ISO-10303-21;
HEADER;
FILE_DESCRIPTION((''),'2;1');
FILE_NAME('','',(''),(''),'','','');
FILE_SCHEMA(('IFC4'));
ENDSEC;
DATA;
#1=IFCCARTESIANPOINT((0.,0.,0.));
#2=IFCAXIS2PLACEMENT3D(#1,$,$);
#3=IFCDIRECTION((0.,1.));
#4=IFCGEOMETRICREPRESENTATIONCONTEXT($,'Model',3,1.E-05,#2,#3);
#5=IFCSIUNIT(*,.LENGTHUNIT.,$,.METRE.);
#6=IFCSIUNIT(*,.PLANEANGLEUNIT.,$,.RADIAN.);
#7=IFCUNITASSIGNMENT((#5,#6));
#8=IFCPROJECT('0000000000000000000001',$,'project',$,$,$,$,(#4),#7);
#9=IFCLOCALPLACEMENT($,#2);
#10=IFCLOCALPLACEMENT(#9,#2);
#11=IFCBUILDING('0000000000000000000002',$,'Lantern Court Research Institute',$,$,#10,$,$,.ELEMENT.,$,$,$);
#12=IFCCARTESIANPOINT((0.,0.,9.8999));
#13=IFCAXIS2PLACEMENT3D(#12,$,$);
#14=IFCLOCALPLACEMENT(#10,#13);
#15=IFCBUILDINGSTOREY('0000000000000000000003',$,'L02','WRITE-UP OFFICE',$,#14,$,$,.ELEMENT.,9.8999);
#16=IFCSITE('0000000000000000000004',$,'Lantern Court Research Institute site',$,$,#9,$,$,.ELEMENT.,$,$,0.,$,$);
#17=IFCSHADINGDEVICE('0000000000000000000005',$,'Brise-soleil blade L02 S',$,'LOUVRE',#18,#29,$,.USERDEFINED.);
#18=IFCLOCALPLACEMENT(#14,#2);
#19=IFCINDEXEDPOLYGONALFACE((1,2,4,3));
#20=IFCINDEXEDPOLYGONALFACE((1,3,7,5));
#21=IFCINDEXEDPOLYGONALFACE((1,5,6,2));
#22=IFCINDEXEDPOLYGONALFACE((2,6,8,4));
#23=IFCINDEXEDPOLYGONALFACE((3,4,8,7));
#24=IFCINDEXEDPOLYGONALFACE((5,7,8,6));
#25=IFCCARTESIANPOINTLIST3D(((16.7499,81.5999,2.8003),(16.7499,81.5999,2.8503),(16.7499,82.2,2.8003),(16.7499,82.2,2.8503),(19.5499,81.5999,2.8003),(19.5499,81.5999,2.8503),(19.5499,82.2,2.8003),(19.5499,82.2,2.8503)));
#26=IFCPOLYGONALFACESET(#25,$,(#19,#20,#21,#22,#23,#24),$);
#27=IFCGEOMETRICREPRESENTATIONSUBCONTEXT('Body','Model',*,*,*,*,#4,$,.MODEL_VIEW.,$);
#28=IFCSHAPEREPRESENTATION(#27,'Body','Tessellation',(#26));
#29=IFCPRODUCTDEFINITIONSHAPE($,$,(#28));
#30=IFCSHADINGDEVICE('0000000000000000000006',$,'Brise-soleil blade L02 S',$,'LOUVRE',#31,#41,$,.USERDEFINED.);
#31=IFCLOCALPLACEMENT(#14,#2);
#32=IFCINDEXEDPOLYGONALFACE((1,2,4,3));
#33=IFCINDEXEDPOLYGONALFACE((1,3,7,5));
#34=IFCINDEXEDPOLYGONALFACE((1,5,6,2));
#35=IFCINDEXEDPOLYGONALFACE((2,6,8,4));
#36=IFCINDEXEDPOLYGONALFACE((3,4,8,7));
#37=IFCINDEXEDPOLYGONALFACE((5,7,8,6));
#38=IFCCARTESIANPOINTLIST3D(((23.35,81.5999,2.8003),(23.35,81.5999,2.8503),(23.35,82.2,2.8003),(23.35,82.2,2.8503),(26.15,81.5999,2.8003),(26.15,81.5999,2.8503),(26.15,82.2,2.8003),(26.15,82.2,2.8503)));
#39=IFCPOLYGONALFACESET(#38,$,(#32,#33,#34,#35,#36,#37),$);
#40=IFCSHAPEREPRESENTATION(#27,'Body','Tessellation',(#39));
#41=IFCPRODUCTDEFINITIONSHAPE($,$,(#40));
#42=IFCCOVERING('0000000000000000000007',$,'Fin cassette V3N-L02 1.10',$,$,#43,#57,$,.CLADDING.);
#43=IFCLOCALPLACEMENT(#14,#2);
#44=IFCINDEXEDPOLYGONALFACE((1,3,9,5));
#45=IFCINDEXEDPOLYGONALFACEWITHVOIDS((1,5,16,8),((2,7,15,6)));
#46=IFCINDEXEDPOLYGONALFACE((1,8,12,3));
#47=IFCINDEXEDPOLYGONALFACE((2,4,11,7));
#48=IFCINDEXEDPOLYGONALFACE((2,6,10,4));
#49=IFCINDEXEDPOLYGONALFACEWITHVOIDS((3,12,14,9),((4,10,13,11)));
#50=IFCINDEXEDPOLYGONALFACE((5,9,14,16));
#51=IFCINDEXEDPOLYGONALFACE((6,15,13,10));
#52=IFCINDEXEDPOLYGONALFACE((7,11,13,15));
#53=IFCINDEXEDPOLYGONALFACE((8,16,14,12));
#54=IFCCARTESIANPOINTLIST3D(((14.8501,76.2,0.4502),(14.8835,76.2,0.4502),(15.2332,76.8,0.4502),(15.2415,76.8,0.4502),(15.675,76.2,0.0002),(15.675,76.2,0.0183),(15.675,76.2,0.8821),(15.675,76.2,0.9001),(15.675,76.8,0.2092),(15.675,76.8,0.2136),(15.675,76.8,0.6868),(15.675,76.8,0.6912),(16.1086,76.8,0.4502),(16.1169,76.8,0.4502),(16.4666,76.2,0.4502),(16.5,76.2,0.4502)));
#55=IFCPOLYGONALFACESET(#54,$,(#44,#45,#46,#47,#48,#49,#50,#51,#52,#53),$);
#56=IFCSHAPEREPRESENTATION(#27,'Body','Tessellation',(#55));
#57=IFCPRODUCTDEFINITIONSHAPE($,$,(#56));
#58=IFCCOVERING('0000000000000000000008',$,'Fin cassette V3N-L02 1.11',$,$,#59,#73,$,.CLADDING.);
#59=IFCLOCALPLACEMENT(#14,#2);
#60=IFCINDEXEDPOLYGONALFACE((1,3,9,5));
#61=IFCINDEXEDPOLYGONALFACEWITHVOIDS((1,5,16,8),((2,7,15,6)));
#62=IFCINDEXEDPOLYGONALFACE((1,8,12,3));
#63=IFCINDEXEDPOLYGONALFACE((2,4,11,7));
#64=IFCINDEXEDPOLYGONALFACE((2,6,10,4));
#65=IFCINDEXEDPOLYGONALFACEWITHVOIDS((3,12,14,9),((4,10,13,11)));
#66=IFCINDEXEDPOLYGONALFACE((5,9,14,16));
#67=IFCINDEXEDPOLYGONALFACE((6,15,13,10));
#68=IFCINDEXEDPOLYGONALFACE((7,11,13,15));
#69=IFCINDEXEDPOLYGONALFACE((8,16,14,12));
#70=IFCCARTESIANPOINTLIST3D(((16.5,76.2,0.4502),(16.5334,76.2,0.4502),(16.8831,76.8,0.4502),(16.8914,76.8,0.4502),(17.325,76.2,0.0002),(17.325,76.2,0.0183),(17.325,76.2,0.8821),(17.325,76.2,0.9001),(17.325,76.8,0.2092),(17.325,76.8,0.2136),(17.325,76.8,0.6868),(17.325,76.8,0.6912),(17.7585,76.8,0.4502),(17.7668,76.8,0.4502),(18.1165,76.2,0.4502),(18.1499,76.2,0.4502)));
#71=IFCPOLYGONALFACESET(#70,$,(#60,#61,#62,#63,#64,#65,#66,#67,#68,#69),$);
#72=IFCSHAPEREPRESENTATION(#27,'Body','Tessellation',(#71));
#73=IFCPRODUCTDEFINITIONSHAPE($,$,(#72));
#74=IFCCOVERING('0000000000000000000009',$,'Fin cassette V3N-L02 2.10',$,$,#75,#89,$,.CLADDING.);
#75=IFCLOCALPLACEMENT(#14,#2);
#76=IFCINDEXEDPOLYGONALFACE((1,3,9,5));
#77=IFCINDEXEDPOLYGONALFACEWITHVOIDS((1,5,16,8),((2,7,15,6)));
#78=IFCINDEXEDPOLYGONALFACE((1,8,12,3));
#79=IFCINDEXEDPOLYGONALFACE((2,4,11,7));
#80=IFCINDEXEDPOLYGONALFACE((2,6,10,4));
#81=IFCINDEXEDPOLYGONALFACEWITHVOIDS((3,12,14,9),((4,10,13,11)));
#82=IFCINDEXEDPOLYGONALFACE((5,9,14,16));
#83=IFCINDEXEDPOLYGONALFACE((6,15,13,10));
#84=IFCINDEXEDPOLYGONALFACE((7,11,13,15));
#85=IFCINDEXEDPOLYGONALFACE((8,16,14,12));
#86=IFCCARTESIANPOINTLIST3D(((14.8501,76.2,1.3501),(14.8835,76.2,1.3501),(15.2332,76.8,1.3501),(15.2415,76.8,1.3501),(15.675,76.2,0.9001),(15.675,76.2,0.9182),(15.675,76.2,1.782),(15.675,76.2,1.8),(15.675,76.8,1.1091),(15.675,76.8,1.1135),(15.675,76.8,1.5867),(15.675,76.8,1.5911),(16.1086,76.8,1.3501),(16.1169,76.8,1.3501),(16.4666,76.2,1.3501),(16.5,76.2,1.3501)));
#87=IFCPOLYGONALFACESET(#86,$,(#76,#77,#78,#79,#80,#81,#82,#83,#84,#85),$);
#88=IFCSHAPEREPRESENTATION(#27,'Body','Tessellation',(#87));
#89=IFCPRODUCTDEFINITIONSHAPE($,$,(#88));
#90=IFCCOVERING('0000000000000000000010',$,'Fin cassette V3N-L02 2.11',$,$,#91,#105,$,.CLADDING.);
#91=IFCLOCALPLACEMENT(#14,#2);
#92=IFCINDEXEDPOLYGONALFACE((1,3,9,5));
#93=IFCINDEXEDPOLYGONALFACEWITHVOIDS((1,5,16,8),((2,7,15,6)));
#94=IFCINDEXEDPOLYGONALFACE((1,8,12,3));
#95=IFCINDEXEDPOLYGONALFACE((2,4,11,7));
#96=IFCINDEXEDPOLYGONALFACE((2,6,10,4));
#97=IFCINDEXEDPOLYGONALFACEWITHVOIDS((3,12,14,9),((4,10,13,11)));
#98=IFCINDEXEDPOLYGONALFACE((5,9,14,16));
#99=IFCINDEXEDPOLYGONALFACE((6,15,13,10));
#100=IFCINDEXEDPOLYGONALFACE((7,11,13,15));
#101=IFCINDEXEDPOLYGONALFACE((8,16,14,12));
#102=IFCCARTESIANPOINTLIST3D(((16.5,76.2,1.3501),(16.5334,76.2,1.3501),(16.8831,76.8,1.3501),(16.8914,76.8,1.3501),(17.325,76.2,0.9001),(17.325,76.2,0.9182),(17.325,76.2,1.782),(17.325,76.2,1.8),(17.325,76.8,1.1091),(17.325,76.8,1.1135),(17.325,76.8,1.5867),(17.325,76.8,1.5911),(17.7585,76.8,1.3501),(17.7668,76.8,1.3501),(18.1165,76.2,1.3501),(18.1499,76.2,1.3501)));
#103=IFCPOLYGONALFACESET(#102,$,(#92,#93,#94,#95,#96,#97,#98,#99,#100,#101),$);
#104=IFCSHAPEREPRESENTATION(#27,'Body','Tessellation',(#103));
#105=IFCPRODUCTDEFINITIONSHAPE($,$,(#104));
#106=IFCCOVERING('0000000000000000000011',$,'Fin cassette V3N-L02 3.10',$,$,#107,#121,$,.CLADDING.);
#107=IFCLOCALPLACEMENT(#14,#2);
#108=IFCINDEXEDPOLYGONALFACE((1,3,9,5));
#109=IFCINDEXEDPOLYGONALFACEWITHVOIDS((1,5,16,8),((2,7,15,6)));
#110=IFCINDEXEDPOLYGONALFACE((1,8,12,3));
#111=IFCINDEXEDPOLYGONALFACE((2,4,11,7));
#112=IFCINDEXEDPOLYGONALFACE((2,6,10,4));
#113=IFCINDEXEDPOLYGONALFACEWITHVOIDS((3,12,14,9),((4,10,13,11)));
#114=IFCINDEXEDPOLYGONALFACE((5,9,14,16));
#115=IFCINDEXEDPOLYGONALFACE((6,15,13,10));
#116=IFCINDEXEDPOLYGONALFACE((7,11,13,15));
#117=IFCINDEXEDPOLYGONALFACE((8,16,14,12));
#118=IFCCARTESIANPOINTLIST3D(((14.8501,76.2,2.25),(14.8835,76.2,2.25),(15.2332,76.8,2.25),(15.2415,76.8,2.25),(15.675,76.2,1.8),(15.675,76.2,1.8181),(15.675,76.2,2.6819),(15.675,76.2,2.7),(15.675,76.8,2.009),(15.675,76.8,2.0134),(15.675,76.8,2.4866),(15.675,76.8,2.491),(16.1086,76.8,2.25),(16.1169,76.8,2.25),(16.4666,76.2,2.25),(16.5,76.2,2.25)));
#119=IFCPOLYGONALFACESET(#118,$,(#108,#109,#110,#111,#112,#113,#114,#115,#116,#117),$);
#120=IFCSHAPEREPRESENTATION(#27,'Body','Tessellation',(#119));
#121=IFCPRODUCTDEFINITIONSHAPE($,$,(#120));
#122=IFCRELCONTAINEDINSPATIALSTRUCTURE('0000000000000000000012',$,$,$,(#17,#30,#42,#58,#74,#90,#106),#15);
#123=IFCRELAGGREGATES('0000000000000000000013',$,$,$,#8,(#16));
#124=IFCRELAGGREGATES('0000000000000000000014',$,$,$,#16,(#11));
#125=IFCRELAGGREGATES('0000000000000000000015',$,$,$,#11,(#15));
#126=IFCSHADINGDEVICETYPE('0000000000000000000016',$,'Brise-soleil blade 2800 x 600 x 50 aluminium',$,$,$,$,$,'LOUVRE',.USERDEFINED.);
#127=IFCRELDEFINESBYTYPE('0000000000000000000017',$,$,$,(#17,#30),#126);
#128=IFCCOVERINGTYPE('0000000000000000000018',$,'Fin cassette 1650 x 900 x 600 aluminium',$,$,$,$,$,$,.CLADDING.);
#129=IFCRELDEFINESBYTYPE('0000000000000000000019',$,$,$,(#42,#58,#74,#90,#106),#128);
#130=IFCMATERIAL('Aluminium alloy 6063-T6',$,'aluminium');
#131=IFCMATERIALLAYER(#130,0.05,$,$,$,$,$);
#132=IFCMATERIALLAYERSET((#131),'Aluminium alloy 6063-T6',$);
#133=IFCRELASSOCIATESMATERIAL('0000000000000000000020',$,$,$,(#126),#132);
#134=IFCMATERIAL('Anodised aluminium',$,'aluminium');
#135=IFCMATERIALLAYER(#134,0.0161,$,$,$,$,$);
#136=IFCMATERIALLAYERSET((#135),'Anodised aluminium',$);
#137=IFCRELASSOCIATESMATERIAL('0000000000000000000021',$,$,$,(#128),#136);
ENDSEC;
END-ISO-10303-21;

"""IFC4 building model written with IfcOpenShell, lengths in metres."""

from ifc_helpers import new_model, entity, si_unit, direction, frame, origin, origin_2d, place, context, subcontext, project, spatial, rectangle, extrude, material, layer, layer_set, type_object, element, save


model = new_model("IFC4")

# Units and contexts
model_context = context("Model", 3, precision=1e-05, world=origin(), true_north=direction((0.0, 1.0)))
body_context = subcontext(model_context, "Body", "Model", "MODEL_VIEW")
ifc_project = project(units=[si_unit("LENGTHUNIT", "METRE"), si_unit("PLANEANGLEUNIT", "RADIAN")], contexts=[model_context])

# Site, building, storey
site_placement = place(None, origin())
site = spatial("IfcSite", under=ifc_project, at=site_placement, Name="Lantern Court Research Institute site", CompositionType="ELEMENT", RefElevation=0.0)
building_placement = place(site_placement, origin())
building = spatial("IfcBuilding", under=site, at=building_placement, Name="Lantern Court Research Institute", CompositionType="ELEMENT")
storey_placement = place(building_placement, frame((0.0, 0.0, 9.8999)))
storey = spatial("IfcBuildingStorey", under=building, at=storey_placement, Name="L02", Description="WRITE-UP OFFICE", CompositionType="ELEMENT", Elevation=9.8999)

# Shading devices
ifc_material_1 = material(Name="Aluminium alloy 6063-T6", Category="aluminium")
ifc_layer_1 = layer(ifc_material_1, 0.05)
ifc_layer_set_1 = layer_set([ifc_layer_1], Name="Aluminium alloy 6063-T6")
shading_device_type = type_object("IfcShadingDeviceType", Name="Brise-soleil blade 2800 x 600 x 50 aluminium", ElementType="LOUVRE", PredefinedType="USERDEFINED", material=ifc_layer_set_1)
for number, where, z_axis, x_axis, name in (
    (1, (18.1499, 81.8999, 2.8003), (0.0, 0.0, 1.0), (-1.0, 0.0, 0.0), "Brise-soleil blade L02 S"),
    (2, (24.75, 81.8999, 2.8003), (0.0, 0.0, 1.0), (-1.0, 0.0, 0.0), "Brise-soleil blade L02 S"),
):
    element("IfcShadingDevice", number, at=place(storey_placement, frame(where, z_axis=z_axis, x_axis=x_axis)), inside=storey, type_object=shading_device_type, Name=name, ObjectType="LOUVRE", PredefinedType="USERDEFINED", context=body_context, shape_type="SweptSolid", body=[
        extrude(rectangle(XDim=2.8, YDim=0.6001, at=origin_2d()), origin(), (0.0, 0.0, 1.0), 0.05),
    ])

# Coverings
ifc_material_2 = material(Name="Anodised aluminium", Category="aluminium")
ifc_layer_2 = layer(ifc_material_2, 0.0161)
ifc_layer_set_2 = layer_set([ifc_layer_2], Name="Anodised aluminium")
covering_type = type_object("IfcCoveringType", Name="Fin cassette 1650 x 900 x 600 aluminium", PredefinedType="CLADDING", material=ifc_layer_set_2)
covering_1_placement = place(storey_placement, frame((15.675, 76.2, 0.4502), z_axis=(0.0, 1.0, 0.0), x_axis=(-1.0, 0.0, 0.0)))
cartesian_point_1 = entity("IfcCartesianPoint", [0.825, 0.0])
cartesian_point_2 = entity("IfcCartesianPoint", [0.7915, 0.0])
cartesian_point_3 = entity("IfcCartesianPoint", [0.4419, 0.0])
cartesian_point_4 = entity("IfcCartesianPoint", [0.4336, 0.0])
element("IfcCovering", 3, at=covering_1_placement, inside=storey, type_object=covering_type, Name="Fin cassette V3N-L02 1.10", PredefinedType="CLADDING", context=body_context, shape_type="SweptSolid", body=[
    entity("IfcExtrudedAreaSolidTapered", entity("IfcArbitraryProfileDefWithVoids", "AREA", None, entity("IfcPolyline", [cartesian_point_1, entity("IfcCartesianPoint", [0.0, 0.45]), entity("IfcCartesianPoint", [-0.825, 0.0]), entity("IfcCartesianPoint", [0.0, -0.45]), cartesian_point_1]), [entity("IfcPolyline", [cartesian_point_2, entity("IfcCartesianPoint", [0.0, 0.4319]), entity("IfcCartesianPoint", [-0.7915, 0.0]), entity("IfcCartesianPoint", [0.0, -0.4319]), cartesian_point_2])]), entity("IfcAxis2Placement3D", entity("IfcCartesianPoint", [0.0, 0.0, 0.0])), entity("IfcDirection", [0.0, 0.0, 1.0]), 0.6001, entity("IfcArbitraryProfileDefWithVoids", "AREA", None, entity("IfcPolyline", [cartesian_point_3, entity("IfcCartesianPoint", [0.0, 0.241]), entity("IfcCartesianPoint", [-0.4419, 0.0]), entity("IfcCartesianPoint", [0.0, -0.241]), cartesian_point_3]), [entity("IfcPolyline", [cartesian_point_4, entity("IfcCartesianPoint", [0.0, 0.2366]), entity("IfcCartesianPoint", [-0.4336, 0.0]), entity("IfcCartesianPoint", [0.0, -0.2366]), cartesian_point_4])])),
])
covering_2_placement = place(storey_placement, frame((17.325, 76.2, 0.4502), z_axis=(0.0, 1.0, 0.0), x_axis=(-1.0, 0.0, 0.0)))
cartesian_point_5 = entity("IfcCartesianPoint", [0.825, 0.0])
cartesian_point_6 = entity("IfcCartesianPoint", [0.7915, 0.0])
cartesian_point_7 = entity("IfcCartesianPoint", [0.4419, 0.0])
cartesian_point_8 = entity("IfcCartesianPoint", [0.4336, 0.0])
element("IfcCovering", 4, at=covering_2_placement, inside=storey, type_object=covering_type, Name="Fin cassette V3N-L02 1.11", PredefinedType="CLADDING", context=body_context, shape_type="SweptSolid", body=[
    entity("IfcExtrudedAreaSolidTapered", entity("IfcArbitraryProfileDefWithVoids", "AREA", None, entity("IfcPolyline", [cartesian_point_5, entity("IfcCartesianPoint", [0.0, 0.45]), entity("IfcCartesianPoint", [-0.825, 0.0]), entity("IfcCartesianPoint", [0.0, -0.45]), cartesian_point_5]), [entity("IfcPolyline", [cartesian_point_6, entity("IfcCartesianPoint", [0.0, 0.4319]), entity("IfcCartesianPoint", [-0.7915, 0.0]), entity("IfcCartesianPoint", [0.0, -0.4319]), cartesian_point_6])]), entity("IfcAxis2Placement3D", entity("IfcCartesianPoint", [0.0, 0.0, 0.0])), entity("IfcDirection", [0.0, 0.0, 1.0]), 0.6001, entity("IfcArbitraryProfileDefWithVoids", "AREA", None, entity("IfcPolyline", [cartesian_point_7, entity("IfcCartesianPoint", [0.0, 0.241]), entity("IfcCartesianPoint", [-0.4419, 0.0]), entity("IfcCartesianPoint", [0.0, -0.241]), cartesian_point_7]), [entity("IfcPolyline", [cartesian_point_8, entity("IfcCartesianPoint", [0.0, 0.2366]), entity("IfcCartesianPoint", [-0.4336, 0.0]), entity("IfcCartesianPoint", [0.0, -0.2366]), cartesian_point_8])])),
])
covering_3_placement = place(storey_placement, frame((15.675, 76.2, 1.3501), z_axis=(0.0, 1.0, 0.0), x_axis=(-1.0, 0.0, 0.0)))
cartesian_point_9 = entity("IfcCartesianPoint", [0.825, 0.0])
cartesian_point_10 = entity("IfcCartesianPoint", [0.7915, 0.0])
cartesian_point_11 = entity("IfcCartesianPoint", [0.4419, 0.0])
cartesian_point_12 = entity("IfcCartesianPoint", [0.4336, 0.0])
element("IfcCovering", 5, at=covering_3_placement, inside=storey, type_object=covering_type, Name="Fin cassette V3N-L02 2.10", PredefinedType="CLADDING", context=body_context, shape_type="SweptSolid", body=[
    entity("IfcExtrudedAreaSolidTapered", entity("IfcArbitraryProfileDefWithVoids", "AREA", None, entity("IfcPolyline", [cartesian_point_9, entity("IfcCartesianPoint", [0.0, 0.45]), entity("IfcCartesianPoint", [-0.825, 0.0]), entity("IfcCartesianPoint", [0.0, -0.45]), cartesian_point_9]), [entity("IfcPolyline", [cartesian_point_10, entity("IfcCartesianPoint", [0.0, 0.4319]), entity("IfcCartesianPoint", [-0.7915, 0.0]), entity("IfcCartesianPoint", [0.0, -0.4319]), cartesian_point_10])]), entity("IfcAxis2Placement3D", entity("IfcCartesianPoint", [0.0, 0.0, 0.0])), entity("IfcDirection", [0.0, 0.0, 1.0]), 0.6001, entity("IfcArbitraryProfileDefWithVoids", "AREA", None, entity("IfcPolyline", [cartesian_point_11, entity("IfcCartesianPoint", [0.0, 0.241]), entity("IfcCartesianPoint", [-0.4419, 0.0]), entity("IfcCartesianPoint", [0.0, -0.241]), cartesian_point_11]), [entity("IfcPolyline", [cartesian_point_12, entity("IfcCartesianPoint", [0.0, 0.2366]), entity("IfcCartesianPoint", [-0.4336, 0.0]), entity("IfcCartesianPoint", [0.0, -0.2366]), cartesian_point_12])])),
])
covering_4_placement = place(storey_placement, frame((17.325, 76.2, 1.3501), z_axis=(0.0, 1.0, 0.0), x_axis=(-1.0, 0.0, 0.0)))
cartesian_point_13 = entity("IfcCartesianPoint", [0.825, 0.0])
cartesian_point_14 = entity("IfcCartesianPoint", [0.7915, 0.0])
cartesian_point_15 = entity("IfcCartesianPoint", [0.4419, 0.0])
cartesian_point_16 = entity("IfcCartesianPoint", [0.4336, 0.0])
element("IfcCovering", 6, at=covering_4_placement, inside=storey, type_object=covering_type, Name="Fin cassette V3N-L02 2.11", PredefinedType="CLADDING", context=body_context, shape_type="SweptSolid", body=[
    entity("IfcExtrudedAreaSolidTapered", entity("IfcArbitraryProfileDefWithVoids", "AREA", None, entity("IfcPolyline", [cartesian_point_13, entity("IfcCartesianPoint", [0.0, 0.45]), entity("IfcCartesianPoint", [-0.825, 0.0]), entity("IfcCartesianPoint", [0.0, -0.45]), cartesian_point_13]), [entity("IfcPolyline", [cartesian_point_14, entity("IfcCartesianPoint", [0.0, 0.4319]), entity("IfcCartesianPoint", [-0.7915, 0.0]), entity("IfcCartesianPoint", [0.0, -0.4319]), cartesian_point_14])]), entity("IfcAxis2Placement3D", entity("IfcCartesianPoint", [0.0, 0.0, 0.0])), entity("IfcDirection", [0.0, 0.0, 1.0]), 0.6001, entity("IfcArbitraryProfileDefWithVoids", "AREA", None, entity("IfcPolyline", [cartesian_point_15, entity("IfcCartesianPoint", [0.0, 0.241]), entity("IfcCartesianPoint", [-0.4419, 0.0]), entity("IfcCartesianPoint", [0.0, -0.241]), cartesian_point_15]), [entity("IfcPolyline", [cartesian_point_16, entity("IfcCartesianPoint", [0.0, 0.2366]), entity("IfcCartesianPoint", [-0.4336, 0.0]), entity("IfcCartesianPoint", [0.0, -0.2366]), cartesian_point_16])])),
])
covering_5_placement = place(storey_placement, frame((15.675, 76.2, 2.25), z_axis=(0.0, 1.0, 0.0), x_axis=(-1.0, 0.0, 0.0)))
cartesian_point_17 = entity("IfcCartesianPoint", [0.825, 0.0])
cartesian_point_18 = entity("IfcCartesianPoint", [0.7915, 0.0])
cartesian_point_19 = entity("IfcCartesianPoint", [0.4419, 0.0])
cartesian_point_20 = entity("IfcCartesianPoint", [0.4336, 0.0])
element("IfcCovering", 7, at=covering_5_placement, inside=storey, type_object=covering_type, Name="Fin cassette V3N-L02 3.10", PredefinedType="CLADDING", context=body_context, shape_type="SweptSolid", body=[
    entity("IfcExtrudedAreaSolidTapered", entity("IfcArbitraryProfileDefWithVoids", "AREA", None, entity("IfcPolyline", [cartesian_point_17, entity("IfcCartesianPoint", [0.0, 0.45]), entity("IfcCartesianPoint", [-0.825, 0.0]), entity("IfcCartesianPoint", [0.0, -0.45]), cartesian_point_17]), [entity("IfcPolyline", [cartesian_point_18, entity("IfcCartesianPoint", [0.0, 0.4319]), entity("IfcCartesianPoint", [-0.7915, 0.0]), entity("IfcCartesianPoint", [0.0, -0.4319]), cartesian_point_18])]), entity("IfcAxis2Placement3D", entity("IfcCartesianPoint", [0.0, 0.0, 0.0])), entity("IfcDirection", [0.0, 0.0, 1.0]), 0.6001, entity("IfcArbitraryProfileDefWithVoids", "AREA", None, entity("IfcPolyline", [cartesian_point_19, entity("IfcCartesianPoint", [0.0, 0.241]), entity("IfcCartesianPoint", [-0.4419, 0.0]), entity("IfcCartesianPoint", [0.0, -0.241]), cartesian_point_19]), [entity("IfcPolyline", [cartesian_point_20, entity("IfcCartesianPoint", [0.0, 0.2366]), entity("IfcCartesianPoint", [-0.4336, 0.0]), entity("IfcCartesianPoint", [0.0, -0.2366]), cartesian_point_20])])),
])

save(model, "model.ifc")
